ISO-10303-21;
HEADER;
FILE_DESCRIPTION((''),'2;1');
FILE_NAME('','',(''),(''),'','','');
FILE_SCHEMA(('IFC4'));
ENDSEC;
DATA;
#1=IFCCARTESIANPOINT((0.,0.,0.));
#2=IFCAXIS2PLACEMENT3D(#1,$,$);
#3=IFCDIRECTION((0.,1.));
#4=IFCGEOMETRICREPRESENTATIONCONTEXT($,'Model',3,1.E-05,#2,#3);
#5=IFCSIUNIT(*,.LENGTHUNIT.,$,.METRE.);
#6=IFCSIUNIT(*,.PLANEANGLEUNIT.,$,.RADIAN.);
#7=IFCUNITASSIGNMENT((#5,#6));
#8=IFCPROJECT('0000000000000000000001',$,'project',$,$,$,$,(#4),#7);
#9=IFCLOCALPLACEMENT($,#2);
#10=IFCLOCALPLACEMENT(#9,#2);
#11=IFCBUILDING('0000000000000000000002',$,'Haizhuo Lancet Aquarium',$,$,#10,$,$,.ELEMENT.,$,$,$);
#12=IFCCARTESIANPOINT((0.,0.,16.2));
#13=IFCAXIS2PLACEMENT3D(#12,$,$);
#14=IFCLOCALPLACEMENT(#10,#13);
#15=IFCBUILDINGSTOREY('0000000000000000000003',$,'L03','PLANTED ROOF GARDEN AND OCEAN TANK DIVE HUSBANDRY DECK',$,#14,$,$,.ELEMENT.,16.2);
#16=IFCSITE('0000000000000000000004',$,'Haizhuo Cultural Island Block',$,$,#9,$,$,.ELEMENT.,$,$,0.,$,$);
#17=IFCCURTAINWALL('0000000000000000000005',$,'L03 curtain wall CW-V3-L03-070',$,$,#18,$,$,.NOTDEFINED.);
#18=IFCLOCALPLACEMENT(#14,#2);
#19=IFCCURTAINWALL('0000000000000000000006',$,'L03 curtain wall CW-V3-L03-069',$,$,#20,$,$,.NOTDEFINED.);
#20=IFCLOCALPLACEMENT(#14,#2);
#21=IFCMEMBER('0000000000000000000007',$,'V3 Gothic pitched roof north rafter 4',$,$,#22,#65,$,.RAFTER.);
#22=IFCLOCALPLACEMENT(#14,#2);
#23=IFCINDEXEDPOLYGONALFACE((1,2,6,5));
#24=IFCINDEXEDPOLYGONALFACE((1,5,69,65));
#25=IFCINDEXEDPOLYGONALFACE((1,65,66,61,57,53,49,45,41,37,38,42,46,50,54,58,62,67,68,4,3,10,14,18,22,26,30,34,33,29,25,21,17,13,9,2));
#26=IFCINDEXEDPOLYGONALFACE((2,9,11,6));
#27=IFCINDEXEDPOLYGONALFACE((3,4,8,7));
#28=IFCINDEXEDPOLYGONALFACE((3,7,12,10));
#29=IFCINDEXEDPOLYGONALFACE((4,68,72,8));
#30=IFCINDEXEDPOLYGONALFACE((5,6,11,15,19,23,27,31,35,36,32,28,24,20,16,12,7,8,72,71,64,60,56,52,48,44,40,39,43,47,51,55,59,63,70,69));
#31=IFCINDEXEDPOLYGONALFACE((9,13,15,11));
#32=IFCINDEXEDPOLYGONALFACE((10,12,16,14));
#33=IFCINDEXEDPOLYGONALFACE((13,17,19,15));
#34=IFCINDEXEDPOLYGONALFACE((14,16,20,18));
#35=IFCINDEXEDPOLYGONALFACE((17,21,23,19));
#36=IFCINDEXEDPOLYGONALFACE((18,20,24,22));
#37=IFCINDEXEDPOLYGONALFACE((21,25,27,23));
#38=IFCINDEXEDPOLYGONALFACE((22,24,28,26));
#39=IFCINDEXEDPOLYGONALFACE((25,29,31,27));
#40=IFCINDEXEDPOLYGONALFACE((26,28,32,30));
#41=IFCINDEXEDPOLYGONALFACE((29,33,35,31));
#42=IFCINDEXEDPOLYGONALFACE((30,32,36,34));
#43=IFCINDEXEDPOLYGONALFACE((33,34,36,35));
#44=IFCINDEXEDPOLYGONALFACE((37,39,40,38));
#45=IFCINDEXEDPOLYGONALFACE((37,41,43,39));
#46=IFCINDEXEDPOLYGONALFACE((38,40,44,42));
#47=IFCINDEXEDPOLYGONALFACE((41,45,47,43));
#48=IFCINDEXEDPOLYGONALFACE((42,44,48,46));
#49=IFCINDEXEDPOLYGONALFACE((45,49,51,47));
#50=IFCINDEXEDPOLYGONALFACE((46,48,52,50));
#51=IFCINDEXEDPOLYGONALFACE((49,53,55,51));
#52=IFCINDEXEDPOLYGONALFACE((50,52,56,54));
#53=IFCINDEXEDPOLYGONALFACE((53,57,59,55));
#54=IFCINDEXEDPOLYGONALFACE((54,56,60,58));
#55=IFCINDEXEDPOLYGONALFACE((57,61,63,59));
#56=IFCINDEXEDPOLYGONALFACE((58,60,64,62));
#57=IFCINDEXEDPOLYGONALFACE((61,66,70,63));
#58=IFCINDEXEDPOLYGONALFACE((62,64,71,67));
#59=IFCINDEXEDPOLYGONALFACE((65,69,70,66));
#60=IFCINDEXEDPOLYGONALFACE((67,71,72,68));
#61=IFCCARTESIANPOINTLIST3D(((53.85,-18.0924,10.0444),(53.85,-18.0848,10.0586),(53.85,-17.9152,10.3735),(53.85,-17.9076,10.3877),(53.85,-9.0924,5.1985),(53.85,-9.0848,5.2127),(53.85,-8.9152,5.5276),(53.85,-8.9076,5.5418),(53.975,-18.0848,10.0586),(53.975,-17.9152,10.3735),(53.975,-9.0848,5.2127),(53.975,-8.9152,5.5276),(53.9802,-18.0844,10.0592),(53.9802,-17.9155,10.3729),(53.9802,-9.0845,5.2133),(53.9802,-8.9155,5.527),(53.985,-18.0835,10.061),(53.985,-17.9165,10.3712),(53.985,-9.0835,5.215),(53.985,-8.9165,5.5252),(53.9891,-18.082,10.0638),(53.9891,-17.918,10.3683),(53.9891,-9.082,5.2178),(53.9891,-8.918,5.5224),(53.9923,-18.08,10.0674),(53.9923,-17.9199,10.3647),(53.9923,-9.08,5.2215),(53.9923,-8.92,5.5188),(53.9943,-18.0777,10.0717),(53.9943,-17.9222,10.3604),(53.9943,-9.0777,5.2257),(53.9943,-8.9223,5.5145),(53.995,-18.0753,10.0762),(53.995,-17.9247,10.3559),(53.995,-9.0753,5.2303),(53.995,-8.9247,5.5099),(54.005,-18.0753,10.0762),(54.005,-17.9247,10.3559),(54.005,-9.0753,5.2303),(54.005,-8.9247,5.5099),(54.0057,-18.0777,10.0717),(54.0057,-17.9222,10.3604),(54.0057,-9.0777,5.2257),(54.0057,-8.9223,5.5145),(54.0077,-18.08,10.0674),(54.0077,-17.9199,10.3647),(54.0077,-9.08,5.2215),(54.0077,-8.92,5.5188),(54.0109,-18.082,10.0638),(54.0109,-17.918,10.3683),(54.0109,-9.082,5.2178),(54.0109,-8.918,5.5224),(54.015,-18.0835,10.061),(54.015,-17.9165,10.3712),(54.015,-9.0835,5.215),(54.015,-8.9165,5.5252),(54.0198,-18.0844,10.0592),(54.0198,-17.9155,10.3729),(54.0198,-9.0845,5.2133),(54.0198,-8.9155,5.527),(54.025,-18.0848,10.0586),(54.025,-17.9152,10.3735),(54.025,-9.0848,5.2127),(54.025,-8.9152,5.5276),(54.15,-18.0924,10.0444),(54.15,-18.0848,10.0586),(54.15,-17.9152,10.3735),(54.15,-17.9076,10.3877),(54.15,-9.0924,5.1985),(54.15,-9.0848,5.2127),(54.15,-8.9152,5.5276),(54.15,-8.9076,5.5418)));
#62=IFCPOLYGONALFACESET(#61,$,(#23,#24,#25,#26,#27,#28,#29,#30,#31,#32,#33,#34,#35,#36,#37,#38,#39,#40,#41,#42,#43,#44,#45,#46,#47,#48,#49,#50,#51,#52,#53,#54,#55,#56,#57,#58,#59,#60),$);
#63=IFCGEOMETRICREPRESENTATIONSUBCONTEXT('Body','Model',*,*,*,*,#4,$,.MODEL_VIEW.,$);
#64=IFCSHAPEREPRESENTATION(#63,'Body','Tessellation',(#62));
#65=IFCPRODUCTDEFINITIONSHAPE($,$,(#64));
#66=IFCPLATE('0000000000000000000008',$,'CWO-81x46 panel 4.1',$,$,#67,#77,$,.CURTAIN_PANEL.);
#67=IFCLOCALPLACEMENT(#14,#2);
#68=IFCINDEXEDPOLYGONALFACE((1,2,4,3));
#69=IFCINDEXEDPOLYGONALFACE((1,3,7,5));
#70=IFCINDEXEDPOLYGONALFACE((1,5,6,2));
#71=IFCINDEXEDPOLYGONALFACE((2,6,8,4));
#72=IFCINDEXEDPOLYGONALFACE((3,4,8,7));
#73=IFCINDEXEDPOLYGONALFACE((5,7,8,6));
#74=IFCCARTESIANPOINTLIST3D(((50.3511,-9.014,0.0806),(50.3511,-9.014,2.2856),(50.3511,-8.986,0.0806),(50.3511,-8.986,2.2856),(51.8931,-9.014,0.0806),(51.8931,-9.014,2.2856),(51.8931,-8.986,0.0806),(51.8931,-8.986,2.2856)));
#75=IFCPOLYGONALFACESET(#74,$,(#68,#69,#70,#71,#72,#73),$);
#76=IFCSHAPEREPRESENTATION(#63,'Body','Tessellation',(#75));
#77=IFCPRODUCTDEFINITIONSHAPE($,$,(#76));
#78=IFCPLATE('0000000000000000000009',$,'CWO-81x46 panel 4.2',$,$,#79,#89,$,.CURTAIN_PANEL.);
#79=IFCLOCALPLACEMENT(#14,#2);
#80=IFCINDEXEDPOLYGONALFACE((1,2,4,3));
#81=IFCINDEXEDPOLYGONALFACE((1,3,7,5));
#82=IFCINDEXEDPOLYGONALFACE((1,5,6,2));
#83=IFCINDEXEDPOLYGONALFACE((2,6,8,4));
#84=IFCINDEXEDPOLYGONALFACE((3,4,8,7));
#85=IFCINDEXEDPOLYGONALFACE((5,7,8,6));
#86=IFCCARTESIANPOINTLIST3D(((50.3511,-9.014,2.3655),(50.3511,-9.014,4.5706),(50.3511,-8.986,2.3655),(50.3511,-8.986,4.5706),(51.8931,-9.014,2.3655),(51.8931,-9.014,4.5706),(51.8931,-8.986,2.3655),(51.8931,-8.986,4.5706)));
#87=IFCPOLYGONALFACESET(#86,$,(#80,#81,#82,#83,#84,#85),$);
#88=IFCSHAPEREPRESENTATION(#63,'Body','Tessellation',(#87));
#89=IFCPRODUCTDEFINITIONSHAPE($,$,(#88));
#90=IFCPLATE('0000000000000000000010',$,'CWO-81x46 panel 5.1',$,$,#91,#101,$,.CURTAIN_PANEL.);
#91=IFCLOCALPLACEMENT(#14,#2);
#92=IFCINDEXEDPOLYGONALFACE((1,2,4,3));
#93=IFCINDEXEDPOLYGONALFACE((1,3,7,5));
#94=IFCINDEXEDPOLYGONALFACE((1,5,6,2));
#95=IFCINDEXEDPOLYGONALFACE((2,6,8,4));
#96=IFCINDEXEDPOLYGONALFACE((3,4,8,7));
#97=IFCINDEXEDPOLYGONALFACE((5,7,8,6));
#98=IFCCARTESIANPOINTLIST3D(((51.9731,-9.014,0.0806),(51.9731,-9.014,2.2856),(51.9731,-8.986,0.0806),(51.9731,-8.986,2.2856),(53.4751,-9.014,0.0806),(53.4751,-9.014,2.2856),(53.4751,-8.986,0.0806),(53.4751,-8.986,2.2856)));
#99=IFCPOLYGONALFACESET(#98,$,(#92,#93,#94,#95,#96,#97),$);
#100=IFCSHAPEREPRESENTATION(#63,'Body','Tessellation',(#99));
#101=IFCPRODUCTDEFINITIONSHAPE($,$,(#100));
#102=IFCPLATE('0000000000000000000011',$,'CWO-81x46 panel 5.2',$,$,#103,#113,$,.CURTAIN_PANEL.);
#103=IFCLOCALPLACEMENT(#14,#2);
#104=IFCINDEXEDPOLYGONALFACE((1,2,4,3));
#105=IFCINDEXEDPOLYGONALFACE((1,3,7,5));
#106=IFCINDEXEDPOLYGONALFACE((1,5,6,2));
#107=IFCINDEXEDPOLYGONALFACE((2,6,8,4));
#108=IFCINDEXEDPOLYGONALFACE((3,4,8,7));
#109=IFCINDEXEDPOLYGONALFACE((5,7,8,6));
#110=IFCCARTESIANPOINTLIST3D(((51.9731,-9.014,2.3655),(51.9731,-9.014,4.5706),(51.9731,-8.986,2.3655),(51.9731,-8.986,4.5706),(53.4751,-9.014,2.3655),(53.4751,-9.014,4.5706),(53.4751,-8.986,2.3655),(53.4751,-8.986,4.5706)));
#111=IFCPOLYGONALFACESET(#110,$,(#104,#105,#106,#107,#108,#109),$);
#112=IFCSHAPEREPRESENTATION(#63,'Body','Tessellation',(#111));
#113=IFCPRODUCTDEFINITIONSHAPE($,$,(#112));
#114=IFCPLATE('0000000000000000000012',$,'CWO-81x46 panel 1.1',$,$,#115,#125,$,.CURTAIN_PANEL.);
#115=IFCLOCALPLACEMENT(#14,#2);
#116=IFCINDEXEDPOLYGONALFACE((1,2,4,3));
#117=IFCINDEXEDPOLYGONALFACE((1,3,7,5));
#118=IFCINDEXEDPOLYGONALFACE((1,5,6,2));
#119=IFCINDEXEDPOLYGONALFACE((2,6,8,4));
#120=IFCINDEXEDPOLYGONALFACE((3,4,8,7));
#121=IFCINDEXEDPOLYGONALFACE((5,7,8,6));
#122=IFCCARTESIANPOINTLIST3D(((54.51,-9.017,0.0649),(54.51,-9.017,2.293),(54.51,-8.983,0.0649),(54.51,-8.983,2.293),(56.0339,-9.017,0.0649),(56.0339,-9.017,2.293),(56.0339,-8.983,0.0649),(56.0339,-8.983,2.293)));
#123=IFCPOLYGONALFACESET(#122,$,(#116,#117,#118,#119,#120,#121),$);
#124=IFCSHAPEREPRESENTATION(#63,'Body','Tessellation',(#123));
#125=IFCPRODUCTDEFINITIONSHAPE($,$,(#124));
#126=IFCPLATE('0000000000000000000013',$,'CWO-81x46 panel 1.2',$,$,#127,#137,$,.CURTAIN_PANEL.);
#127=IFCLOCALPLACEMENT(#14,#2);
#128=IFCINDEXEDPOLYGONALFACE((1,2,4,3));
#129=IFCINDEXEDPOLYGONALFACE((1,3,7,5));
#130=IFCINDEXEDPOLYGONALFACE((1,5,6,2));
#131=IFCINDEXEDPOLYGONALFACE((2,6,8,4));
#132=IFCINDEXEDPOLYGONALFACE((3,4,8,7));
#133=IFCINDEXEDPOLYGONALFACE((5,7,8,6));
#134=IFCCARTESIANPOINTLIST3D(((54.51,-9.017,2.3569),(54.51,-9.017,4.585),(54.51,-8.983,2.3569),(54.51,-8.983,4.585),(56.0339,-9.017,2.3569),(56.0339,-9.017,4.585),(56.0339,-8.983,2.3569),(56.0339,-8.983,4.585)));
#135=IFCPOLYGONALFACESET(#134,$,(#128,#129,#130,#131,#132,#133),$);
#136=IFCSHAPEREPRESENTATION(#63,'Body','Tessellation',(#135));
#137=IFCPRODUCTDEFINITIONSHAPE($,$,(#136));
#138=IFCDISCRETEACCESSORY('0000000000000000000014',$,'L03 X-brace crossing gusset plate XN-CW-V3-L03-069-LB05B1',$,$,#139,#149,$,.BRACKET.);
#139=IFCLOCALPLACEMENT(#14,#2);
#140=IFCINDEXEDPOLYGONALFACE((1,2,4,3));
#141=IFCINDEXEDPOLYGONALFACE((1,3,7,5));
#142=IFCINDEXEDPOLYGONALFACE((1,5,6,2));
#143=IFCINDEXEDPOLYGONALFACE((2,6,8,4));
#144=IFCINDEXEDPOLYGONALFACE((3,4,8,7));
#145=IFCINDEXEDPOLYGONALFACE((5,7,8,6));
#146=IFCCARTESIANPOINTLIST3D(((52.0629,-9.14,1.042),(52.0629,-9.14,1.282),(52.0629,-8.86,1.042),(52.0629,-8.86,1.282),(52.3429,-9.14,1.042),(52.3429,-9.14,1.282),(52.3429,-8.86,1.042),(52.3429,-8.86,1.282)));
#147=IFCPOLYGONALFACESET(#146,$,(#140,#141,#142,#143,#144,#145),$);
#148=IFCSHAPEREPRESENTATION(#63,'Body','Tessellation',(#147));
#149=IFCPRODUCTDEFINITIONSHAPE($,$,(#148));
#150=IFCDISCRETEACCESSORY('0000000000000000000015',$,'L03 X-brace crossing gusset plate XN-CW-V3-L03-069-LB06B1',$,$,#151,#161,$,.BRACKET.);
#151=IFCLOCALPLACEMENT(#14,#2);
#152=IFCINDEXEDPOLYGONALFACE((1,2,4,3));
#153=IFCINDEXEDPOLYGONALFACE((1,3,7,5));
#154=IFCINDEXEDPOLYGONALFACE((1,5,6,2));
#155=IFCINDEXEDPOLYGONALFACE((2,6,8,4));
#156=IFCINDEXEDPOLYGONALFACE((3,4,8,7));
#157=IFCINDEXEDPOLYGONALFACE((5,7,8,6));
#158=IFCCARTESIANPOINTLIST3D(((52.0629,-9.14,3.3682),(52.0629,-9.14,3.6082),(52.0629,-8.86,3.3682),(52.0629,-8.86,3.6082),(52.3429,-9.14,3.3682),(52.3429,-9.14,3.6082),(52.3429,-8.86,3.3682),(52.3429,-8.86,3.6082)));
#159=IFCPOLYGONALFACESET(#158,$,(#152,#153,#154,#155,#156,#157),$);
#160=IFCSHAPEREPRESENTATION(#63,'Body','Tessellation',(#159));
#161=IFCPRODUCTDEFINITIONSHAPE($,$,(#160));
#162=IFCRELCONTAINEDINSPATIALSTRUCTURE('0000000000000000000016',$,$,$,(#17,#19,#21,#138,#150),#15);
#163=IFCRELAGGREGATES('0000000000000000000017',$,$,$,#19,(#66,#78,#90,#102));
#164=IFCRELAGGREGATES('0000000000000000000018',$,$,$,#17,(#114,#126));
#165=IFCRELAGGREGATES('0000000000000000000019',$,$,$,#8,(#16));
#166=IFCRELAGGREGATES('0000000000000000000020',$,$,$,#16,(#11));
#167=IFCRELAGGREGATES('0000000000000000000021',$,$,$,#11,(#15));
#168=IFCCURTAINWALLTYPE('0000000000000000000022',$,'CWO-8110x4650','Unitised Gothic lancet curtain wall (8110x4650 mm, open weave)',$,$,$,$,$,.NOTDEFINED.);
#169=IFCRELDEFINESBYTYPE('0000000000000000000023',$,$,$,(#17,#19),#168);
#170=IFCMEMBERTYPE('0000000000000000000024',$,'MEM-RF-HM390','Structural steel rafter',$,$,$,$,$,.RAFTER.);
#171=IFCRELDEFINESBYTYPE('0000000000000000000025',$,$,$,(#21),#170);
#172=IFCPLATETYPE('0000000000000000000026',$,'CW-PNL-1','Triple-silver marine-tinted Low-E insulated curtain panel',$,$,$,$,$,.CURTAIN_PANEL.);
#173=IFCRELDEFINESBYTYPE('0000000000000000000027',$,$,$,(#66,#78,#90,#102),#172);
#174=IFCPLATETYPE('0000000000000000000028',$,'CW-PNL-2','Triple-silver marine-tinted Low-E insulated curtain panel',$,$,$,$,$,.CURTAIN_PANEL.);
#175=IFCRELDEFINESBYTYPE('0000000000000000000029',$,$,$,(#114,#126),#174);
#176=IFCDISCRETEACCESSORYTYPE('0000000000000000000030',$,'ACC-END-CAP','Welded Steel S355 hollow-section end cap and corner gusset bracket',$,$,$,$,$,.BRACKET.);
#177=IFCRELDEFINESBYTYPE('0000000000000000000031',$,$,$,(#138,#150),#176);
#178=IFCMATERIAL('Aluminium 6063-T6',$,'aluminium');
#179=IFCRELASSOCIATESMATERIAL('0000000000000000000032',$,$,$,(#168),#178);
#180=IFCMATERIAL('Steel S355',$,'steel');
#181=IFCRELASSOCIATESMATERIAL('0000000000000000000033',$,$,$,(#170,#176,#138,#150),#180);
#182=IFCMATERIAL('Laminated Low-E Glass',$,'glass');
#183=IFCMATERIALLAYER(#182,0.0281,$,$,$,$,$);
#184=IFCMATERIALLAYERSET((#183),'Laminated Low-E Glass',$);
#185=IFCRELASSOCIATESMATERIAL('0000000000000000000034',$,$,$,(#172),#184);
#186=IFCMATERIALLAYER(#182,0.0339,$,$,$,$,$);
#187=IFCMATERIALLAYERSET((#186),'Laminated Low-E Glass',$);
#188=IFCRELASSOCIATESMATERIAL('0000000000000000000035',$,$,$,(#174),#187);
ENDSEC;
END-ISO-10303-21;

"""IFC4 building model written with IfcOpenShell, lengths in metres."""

from ifc_helpers import new_model, si_unit, direction, frame, origin, origin_2d, place, context, subcontext, project, spatial, rectangle, i_section, extrude, material, layer, layer_set, material_profile, profile_set, type_object, element, aggregate, save


model = new_model("IFC4")

# Units and contexts
model_context = context("Model", 3, precision=1e-05, world=origin(), true_north=direction((0.0, 1.0)))
body_context = subcontext(model_context, "Body", "Model", "MODEL_VIEW")
ifc_project = project(units=[si_unit("LENGTHUNIT", "METRE"), si_unit("PLANEANGLEUNIT", "RADIAN")], contexts=[model_context])

# Site, building, storey
site_placement = place(None, origin())
site = spatial("IfcSite", under=ifc_project, at=site_placement, Name="Haizhuo Cultural Island Block", CompositionType="ELEMENT", RefElevation=0.0)
building_placement = place(site_placement, origin())
building = spatial("IfcBuilding", under=site, at=building_placement, Name="Haizhuo Lancet Aquarium", CompositionType="ELEMENT")
storey_placement = place(building_placement, frame((0.0, 0.0, 16.2)))
storey = spatial("IfcBuildingStorey", under=building, at=storey_placement, Name="L03", Description="PLANTED ROOF GARDEN AND OCEAN TANK DIVE HUSBANDRY DECK", CompositionType="ELEMENT", Elevation=16.2)

# Curtain wall
ifc_material_1 = material(Name="Aluminium 6063-T6", Category="aluminium")
curtain_wall_type = type_object("IfcCurtainWallType", Name="CWO-8110x4650", Description="Unitised Gothic lancet curtain wall (8110x4650 mm, open weave)", PredefinedType="NOTDEFINED", material=ifc_material_1)
curtain_wall_1_placement = place(storey_placement, origin())
curtain_wall_1 = element("IfcCurtainWall", 1, at=curtain_wall_1_placement, inside=storey, type_object=curtain_wall_type, Name="L03 curtain wall CW-V3-L03-070", PredefinedType="NOTDEFINED")

# Curtain wall
curtain_wall_2_placement = place(storey_placement, origin())
curtain_wall_2 = element("IfcCurtainWall", 2, at=curtain_wall_2_placement, inside=storey, type_object=curtain_wall_type, Name="L03 curtain wall CW-V3-L03-069", PredefinedType="NOTDEFINED")

# Member
ifc_material_2 = material(Name="Steel S355", Category="steel")
ifc_material_profile_1 = material_profile(ifc_material_2, i_section(OverallWidth=0.3, OverallDepth=0.3899, WebThickness=0.01, FlangeThickness=0.0161, FilletRadius=0.02, at=origin_2d()), Name="HM 390x300x10x16")
ifc_profile_set_1 = profile_set([ifc_material_profile_1], Name="Steel S355")
member_type_1 = type_object("IfcMemberType", Name="MEM-RF-HM390", Description="Structural steel rafter", PredefinedType="RAFTER", material=ifc_profile_set_1)
member_1_placement = place(storey_placement, frame((54.0, -9.0, 5.3701), z_axis=(0.0, -0.88048, 0.474084), x_axis=(1.0, 0.0, 0.0)))
element("IfcMember", 3, at=member_1_placement, inside=storey, type_object=member_type_1, Name="V3 Gothic pitched roof north rafter 4", PredefinedType="RAFTER", context=body_context, shape_type="SweptSolid", body=[
    extrude(i_section(OverallWidth=0.3, OverallDepth=0.3899, WebThickness=0.01, FlangeThickness=0.0161, FilletRadius=0.02, at=origin_2d()), origin(), (0.0, 0.0, 1.0), 10.2217),
])

# Plates
ifc_material_3 = material(Name="Laminated Low-E Glass", Category="glass")
ifc_layer_1 = layer(ifc_material_3, 0.0281)
ifc_layer_set_1 = layer_set([ifc_layer_1], Name="Laminated Low-E Glass")
plate_type_1 = type_object("IfcPlateType", Name="CW-PNL-1", Description="Triple-silver marine-tinted Low-E insulated curtain panel", PredefinedType="CURTAIN_PANEL", material=ifc_layer_set_1)
plate_1_placement = place(storey_placement, frame((51.1221, -9.0, 0.0806), z_axis=(0.0, 0.0, 1.0), x_axis=(1.0, 0.0, 0.0)))
plate_1 = element("IfcPlate", 4, at=plate_1_placement, type_object=plate_type_1, Name="CWO-81x46 panel 4.1", PredefinedType="CURTAIN_PANEL", context=body_context, shape_type="SweptSolid", body=[
    extrude(rectangle(XDim=1.542, YDim=0.0281, at=origin_2d()), origin(), (0.0, 0.0, 1.0), 2.2051),
])
plate_2_placement = place(storey_placement, frame((51.1221, -9.0, 2.3655), z_axis=(0.0, 0.0, 1.0), x_axis=(1.0, 0.0, 0.0)))
plate_2 = element("IfcPlate", 5, at=plate_2_placement, type_object=plate_type_1, Name="CWO-81x46 panel 4.2", PredefinedType="CURTAIN_PANEL", context=body_context, shape_type="SweptSolid", body=[
    extrude(rectangle(XDim=1.542, YDim=0.0281, at=origin_2d()), origin(), (0.0, 0.0, 1.0), 2.2051),
])
plate_3_placement = place(storey_placement, frame((52.7241, -9.0, 0.0806), z_axis=(0.0, 0.0, 1.0), x_axis=(1.0, 0.0, 0.0)))
plate_3 = element("IfcPlate", 6, at=plate_3_placement, type_object=plate_type_1, Name="CWO-81x46 panel 5.1", PredefinedType="CURTAIN_PANEL", context=body_context, shape_type="SweptSolid", body=[
    extrude(rectangle(XDim=1.502, YDim=0.0281, at=origin_2d()), origin(), (0.0, 0.0, 1.0), 2.2051),
])
plate_4_placement = place(storey_placement, frame((52.7241, -9.0, 2.3655), z_axis=(0.0, 0.0, 1.0), x_axis=(1.0, 0.0, 0.0)))
plate_4 = element("IfcPlate", 7, at=plate_4_placement, type_object=plate_type_1, Name="CWO-81x46 panel 5.2", PredefinedType="CURTAIN_PANEL", context=body_context, shape_type="SweptSolid", body=[
    extrude(rectangle(XDim=1.502, YDim=0.0281, at=origin_2d()), origin(), (0.0, 0.0, 1.0), 2.2051),
])
aggregate(curtain_wall_2, [plate_1, plate_2, plate_3, plate_4])
ifc_layer_2 = layer(ifc_material_3, 0.0339)
ifc_layer_set_2 = layer_set([ifc_layer_2], Name="Laminated Low-E Glass")
plate_type_2 = type_object("IfcPlateType", Name="CW-PNL-2", Description="Triple-silver marine-tinted Low-E insulated curtain panel", PredefinedType="CURTAIN_PANEL", material=ifc_layer_set_2)
plate_5_placement = place(storey_placement, frame((55.272, -9.0, 0.0649), z_axis=(0.0, 0.0, 1.0), x_axis=(1.0, 0.0, 0.0)))
plate_5 = element("IfcPlate", 8, at=plate_5_placement, type_object=plate_type_2, Name="CWO-81x46 panel 1.1", PredefinedType="CURTAIN_PANEL", context=body_context, shape_type="SweptSolid", body=[
    extrude(rectangle(XDim=1.5239, YDim=0.0339, at=origin_2d()), origin(), (0.0, 0.0, 1.0), 2.228),
])
plate_6_placement = place(storey_placement, frame((55.272, -9.0, 2.3569), z_axis=(0.0, 0.0, 1.0), x_axis=(1.0, 0.0, 0.0)))
plate_6 = element("IfcPlate", 9, at=plate_6_placement, type_object=plate_type_2, Name="CWO-81x46 panel 1.2", PredefinedType="CURTAIN_PANEL", context=body_context, shape_type="SweptSolid", body=[
    extrude(rectangle(XDim=1.5239, YDim=0.0339, at=origin_2d()), origin(), (0.0, 0.0, 1.0), 2.228),
])
aggregate(curtain_wall_1, [plate_5, plate_6])

# Discrete accessories
discrete_accessory_type = type_object("IfcDiscreteAccessoryType", Name="ACC-END-CAP", Description="Welded Steel S355 hollow-section end cap and corner gusset bracket", PredefinedType="BRACKET", material=ifc_material_2)
for number, where, z_axis, x_axis, name in (
    (10, (52.2029, -9.0, 1.042), (0.0, 0.0, 1.0), (1.0, 0.0, 0.0), "L03 X-brace crossing gusset plate XN-CW-V3-L03-069-LB05B1"),
    (11, (52.2029, -9.0, 3.3682), (0.0, 0.0, 1.0), (1.0, 0.0, 0.0), "L03 X-brace crossing gusset plate XN-CW-V3-L03-069-LB06B1"),
):
    element("IfcDiscreteAccessory", number, at=place(storey_placement, frame(where, z_axis=z_axis, x_axis=x_axis)), inside=storey, type_object=discrete_accessory_type, material=ifc_material_2, Name=name, PredefinedType="BRACKET", context=body_context, shape_type="SweptSolid", body=[
        extrude(rectangle(XDim=0.28, YDim=0.28, at=origin_2d()), origin(), (0.0, 0.0, 1.0), 0.24),
    ])

save(model, "model.ifc")
